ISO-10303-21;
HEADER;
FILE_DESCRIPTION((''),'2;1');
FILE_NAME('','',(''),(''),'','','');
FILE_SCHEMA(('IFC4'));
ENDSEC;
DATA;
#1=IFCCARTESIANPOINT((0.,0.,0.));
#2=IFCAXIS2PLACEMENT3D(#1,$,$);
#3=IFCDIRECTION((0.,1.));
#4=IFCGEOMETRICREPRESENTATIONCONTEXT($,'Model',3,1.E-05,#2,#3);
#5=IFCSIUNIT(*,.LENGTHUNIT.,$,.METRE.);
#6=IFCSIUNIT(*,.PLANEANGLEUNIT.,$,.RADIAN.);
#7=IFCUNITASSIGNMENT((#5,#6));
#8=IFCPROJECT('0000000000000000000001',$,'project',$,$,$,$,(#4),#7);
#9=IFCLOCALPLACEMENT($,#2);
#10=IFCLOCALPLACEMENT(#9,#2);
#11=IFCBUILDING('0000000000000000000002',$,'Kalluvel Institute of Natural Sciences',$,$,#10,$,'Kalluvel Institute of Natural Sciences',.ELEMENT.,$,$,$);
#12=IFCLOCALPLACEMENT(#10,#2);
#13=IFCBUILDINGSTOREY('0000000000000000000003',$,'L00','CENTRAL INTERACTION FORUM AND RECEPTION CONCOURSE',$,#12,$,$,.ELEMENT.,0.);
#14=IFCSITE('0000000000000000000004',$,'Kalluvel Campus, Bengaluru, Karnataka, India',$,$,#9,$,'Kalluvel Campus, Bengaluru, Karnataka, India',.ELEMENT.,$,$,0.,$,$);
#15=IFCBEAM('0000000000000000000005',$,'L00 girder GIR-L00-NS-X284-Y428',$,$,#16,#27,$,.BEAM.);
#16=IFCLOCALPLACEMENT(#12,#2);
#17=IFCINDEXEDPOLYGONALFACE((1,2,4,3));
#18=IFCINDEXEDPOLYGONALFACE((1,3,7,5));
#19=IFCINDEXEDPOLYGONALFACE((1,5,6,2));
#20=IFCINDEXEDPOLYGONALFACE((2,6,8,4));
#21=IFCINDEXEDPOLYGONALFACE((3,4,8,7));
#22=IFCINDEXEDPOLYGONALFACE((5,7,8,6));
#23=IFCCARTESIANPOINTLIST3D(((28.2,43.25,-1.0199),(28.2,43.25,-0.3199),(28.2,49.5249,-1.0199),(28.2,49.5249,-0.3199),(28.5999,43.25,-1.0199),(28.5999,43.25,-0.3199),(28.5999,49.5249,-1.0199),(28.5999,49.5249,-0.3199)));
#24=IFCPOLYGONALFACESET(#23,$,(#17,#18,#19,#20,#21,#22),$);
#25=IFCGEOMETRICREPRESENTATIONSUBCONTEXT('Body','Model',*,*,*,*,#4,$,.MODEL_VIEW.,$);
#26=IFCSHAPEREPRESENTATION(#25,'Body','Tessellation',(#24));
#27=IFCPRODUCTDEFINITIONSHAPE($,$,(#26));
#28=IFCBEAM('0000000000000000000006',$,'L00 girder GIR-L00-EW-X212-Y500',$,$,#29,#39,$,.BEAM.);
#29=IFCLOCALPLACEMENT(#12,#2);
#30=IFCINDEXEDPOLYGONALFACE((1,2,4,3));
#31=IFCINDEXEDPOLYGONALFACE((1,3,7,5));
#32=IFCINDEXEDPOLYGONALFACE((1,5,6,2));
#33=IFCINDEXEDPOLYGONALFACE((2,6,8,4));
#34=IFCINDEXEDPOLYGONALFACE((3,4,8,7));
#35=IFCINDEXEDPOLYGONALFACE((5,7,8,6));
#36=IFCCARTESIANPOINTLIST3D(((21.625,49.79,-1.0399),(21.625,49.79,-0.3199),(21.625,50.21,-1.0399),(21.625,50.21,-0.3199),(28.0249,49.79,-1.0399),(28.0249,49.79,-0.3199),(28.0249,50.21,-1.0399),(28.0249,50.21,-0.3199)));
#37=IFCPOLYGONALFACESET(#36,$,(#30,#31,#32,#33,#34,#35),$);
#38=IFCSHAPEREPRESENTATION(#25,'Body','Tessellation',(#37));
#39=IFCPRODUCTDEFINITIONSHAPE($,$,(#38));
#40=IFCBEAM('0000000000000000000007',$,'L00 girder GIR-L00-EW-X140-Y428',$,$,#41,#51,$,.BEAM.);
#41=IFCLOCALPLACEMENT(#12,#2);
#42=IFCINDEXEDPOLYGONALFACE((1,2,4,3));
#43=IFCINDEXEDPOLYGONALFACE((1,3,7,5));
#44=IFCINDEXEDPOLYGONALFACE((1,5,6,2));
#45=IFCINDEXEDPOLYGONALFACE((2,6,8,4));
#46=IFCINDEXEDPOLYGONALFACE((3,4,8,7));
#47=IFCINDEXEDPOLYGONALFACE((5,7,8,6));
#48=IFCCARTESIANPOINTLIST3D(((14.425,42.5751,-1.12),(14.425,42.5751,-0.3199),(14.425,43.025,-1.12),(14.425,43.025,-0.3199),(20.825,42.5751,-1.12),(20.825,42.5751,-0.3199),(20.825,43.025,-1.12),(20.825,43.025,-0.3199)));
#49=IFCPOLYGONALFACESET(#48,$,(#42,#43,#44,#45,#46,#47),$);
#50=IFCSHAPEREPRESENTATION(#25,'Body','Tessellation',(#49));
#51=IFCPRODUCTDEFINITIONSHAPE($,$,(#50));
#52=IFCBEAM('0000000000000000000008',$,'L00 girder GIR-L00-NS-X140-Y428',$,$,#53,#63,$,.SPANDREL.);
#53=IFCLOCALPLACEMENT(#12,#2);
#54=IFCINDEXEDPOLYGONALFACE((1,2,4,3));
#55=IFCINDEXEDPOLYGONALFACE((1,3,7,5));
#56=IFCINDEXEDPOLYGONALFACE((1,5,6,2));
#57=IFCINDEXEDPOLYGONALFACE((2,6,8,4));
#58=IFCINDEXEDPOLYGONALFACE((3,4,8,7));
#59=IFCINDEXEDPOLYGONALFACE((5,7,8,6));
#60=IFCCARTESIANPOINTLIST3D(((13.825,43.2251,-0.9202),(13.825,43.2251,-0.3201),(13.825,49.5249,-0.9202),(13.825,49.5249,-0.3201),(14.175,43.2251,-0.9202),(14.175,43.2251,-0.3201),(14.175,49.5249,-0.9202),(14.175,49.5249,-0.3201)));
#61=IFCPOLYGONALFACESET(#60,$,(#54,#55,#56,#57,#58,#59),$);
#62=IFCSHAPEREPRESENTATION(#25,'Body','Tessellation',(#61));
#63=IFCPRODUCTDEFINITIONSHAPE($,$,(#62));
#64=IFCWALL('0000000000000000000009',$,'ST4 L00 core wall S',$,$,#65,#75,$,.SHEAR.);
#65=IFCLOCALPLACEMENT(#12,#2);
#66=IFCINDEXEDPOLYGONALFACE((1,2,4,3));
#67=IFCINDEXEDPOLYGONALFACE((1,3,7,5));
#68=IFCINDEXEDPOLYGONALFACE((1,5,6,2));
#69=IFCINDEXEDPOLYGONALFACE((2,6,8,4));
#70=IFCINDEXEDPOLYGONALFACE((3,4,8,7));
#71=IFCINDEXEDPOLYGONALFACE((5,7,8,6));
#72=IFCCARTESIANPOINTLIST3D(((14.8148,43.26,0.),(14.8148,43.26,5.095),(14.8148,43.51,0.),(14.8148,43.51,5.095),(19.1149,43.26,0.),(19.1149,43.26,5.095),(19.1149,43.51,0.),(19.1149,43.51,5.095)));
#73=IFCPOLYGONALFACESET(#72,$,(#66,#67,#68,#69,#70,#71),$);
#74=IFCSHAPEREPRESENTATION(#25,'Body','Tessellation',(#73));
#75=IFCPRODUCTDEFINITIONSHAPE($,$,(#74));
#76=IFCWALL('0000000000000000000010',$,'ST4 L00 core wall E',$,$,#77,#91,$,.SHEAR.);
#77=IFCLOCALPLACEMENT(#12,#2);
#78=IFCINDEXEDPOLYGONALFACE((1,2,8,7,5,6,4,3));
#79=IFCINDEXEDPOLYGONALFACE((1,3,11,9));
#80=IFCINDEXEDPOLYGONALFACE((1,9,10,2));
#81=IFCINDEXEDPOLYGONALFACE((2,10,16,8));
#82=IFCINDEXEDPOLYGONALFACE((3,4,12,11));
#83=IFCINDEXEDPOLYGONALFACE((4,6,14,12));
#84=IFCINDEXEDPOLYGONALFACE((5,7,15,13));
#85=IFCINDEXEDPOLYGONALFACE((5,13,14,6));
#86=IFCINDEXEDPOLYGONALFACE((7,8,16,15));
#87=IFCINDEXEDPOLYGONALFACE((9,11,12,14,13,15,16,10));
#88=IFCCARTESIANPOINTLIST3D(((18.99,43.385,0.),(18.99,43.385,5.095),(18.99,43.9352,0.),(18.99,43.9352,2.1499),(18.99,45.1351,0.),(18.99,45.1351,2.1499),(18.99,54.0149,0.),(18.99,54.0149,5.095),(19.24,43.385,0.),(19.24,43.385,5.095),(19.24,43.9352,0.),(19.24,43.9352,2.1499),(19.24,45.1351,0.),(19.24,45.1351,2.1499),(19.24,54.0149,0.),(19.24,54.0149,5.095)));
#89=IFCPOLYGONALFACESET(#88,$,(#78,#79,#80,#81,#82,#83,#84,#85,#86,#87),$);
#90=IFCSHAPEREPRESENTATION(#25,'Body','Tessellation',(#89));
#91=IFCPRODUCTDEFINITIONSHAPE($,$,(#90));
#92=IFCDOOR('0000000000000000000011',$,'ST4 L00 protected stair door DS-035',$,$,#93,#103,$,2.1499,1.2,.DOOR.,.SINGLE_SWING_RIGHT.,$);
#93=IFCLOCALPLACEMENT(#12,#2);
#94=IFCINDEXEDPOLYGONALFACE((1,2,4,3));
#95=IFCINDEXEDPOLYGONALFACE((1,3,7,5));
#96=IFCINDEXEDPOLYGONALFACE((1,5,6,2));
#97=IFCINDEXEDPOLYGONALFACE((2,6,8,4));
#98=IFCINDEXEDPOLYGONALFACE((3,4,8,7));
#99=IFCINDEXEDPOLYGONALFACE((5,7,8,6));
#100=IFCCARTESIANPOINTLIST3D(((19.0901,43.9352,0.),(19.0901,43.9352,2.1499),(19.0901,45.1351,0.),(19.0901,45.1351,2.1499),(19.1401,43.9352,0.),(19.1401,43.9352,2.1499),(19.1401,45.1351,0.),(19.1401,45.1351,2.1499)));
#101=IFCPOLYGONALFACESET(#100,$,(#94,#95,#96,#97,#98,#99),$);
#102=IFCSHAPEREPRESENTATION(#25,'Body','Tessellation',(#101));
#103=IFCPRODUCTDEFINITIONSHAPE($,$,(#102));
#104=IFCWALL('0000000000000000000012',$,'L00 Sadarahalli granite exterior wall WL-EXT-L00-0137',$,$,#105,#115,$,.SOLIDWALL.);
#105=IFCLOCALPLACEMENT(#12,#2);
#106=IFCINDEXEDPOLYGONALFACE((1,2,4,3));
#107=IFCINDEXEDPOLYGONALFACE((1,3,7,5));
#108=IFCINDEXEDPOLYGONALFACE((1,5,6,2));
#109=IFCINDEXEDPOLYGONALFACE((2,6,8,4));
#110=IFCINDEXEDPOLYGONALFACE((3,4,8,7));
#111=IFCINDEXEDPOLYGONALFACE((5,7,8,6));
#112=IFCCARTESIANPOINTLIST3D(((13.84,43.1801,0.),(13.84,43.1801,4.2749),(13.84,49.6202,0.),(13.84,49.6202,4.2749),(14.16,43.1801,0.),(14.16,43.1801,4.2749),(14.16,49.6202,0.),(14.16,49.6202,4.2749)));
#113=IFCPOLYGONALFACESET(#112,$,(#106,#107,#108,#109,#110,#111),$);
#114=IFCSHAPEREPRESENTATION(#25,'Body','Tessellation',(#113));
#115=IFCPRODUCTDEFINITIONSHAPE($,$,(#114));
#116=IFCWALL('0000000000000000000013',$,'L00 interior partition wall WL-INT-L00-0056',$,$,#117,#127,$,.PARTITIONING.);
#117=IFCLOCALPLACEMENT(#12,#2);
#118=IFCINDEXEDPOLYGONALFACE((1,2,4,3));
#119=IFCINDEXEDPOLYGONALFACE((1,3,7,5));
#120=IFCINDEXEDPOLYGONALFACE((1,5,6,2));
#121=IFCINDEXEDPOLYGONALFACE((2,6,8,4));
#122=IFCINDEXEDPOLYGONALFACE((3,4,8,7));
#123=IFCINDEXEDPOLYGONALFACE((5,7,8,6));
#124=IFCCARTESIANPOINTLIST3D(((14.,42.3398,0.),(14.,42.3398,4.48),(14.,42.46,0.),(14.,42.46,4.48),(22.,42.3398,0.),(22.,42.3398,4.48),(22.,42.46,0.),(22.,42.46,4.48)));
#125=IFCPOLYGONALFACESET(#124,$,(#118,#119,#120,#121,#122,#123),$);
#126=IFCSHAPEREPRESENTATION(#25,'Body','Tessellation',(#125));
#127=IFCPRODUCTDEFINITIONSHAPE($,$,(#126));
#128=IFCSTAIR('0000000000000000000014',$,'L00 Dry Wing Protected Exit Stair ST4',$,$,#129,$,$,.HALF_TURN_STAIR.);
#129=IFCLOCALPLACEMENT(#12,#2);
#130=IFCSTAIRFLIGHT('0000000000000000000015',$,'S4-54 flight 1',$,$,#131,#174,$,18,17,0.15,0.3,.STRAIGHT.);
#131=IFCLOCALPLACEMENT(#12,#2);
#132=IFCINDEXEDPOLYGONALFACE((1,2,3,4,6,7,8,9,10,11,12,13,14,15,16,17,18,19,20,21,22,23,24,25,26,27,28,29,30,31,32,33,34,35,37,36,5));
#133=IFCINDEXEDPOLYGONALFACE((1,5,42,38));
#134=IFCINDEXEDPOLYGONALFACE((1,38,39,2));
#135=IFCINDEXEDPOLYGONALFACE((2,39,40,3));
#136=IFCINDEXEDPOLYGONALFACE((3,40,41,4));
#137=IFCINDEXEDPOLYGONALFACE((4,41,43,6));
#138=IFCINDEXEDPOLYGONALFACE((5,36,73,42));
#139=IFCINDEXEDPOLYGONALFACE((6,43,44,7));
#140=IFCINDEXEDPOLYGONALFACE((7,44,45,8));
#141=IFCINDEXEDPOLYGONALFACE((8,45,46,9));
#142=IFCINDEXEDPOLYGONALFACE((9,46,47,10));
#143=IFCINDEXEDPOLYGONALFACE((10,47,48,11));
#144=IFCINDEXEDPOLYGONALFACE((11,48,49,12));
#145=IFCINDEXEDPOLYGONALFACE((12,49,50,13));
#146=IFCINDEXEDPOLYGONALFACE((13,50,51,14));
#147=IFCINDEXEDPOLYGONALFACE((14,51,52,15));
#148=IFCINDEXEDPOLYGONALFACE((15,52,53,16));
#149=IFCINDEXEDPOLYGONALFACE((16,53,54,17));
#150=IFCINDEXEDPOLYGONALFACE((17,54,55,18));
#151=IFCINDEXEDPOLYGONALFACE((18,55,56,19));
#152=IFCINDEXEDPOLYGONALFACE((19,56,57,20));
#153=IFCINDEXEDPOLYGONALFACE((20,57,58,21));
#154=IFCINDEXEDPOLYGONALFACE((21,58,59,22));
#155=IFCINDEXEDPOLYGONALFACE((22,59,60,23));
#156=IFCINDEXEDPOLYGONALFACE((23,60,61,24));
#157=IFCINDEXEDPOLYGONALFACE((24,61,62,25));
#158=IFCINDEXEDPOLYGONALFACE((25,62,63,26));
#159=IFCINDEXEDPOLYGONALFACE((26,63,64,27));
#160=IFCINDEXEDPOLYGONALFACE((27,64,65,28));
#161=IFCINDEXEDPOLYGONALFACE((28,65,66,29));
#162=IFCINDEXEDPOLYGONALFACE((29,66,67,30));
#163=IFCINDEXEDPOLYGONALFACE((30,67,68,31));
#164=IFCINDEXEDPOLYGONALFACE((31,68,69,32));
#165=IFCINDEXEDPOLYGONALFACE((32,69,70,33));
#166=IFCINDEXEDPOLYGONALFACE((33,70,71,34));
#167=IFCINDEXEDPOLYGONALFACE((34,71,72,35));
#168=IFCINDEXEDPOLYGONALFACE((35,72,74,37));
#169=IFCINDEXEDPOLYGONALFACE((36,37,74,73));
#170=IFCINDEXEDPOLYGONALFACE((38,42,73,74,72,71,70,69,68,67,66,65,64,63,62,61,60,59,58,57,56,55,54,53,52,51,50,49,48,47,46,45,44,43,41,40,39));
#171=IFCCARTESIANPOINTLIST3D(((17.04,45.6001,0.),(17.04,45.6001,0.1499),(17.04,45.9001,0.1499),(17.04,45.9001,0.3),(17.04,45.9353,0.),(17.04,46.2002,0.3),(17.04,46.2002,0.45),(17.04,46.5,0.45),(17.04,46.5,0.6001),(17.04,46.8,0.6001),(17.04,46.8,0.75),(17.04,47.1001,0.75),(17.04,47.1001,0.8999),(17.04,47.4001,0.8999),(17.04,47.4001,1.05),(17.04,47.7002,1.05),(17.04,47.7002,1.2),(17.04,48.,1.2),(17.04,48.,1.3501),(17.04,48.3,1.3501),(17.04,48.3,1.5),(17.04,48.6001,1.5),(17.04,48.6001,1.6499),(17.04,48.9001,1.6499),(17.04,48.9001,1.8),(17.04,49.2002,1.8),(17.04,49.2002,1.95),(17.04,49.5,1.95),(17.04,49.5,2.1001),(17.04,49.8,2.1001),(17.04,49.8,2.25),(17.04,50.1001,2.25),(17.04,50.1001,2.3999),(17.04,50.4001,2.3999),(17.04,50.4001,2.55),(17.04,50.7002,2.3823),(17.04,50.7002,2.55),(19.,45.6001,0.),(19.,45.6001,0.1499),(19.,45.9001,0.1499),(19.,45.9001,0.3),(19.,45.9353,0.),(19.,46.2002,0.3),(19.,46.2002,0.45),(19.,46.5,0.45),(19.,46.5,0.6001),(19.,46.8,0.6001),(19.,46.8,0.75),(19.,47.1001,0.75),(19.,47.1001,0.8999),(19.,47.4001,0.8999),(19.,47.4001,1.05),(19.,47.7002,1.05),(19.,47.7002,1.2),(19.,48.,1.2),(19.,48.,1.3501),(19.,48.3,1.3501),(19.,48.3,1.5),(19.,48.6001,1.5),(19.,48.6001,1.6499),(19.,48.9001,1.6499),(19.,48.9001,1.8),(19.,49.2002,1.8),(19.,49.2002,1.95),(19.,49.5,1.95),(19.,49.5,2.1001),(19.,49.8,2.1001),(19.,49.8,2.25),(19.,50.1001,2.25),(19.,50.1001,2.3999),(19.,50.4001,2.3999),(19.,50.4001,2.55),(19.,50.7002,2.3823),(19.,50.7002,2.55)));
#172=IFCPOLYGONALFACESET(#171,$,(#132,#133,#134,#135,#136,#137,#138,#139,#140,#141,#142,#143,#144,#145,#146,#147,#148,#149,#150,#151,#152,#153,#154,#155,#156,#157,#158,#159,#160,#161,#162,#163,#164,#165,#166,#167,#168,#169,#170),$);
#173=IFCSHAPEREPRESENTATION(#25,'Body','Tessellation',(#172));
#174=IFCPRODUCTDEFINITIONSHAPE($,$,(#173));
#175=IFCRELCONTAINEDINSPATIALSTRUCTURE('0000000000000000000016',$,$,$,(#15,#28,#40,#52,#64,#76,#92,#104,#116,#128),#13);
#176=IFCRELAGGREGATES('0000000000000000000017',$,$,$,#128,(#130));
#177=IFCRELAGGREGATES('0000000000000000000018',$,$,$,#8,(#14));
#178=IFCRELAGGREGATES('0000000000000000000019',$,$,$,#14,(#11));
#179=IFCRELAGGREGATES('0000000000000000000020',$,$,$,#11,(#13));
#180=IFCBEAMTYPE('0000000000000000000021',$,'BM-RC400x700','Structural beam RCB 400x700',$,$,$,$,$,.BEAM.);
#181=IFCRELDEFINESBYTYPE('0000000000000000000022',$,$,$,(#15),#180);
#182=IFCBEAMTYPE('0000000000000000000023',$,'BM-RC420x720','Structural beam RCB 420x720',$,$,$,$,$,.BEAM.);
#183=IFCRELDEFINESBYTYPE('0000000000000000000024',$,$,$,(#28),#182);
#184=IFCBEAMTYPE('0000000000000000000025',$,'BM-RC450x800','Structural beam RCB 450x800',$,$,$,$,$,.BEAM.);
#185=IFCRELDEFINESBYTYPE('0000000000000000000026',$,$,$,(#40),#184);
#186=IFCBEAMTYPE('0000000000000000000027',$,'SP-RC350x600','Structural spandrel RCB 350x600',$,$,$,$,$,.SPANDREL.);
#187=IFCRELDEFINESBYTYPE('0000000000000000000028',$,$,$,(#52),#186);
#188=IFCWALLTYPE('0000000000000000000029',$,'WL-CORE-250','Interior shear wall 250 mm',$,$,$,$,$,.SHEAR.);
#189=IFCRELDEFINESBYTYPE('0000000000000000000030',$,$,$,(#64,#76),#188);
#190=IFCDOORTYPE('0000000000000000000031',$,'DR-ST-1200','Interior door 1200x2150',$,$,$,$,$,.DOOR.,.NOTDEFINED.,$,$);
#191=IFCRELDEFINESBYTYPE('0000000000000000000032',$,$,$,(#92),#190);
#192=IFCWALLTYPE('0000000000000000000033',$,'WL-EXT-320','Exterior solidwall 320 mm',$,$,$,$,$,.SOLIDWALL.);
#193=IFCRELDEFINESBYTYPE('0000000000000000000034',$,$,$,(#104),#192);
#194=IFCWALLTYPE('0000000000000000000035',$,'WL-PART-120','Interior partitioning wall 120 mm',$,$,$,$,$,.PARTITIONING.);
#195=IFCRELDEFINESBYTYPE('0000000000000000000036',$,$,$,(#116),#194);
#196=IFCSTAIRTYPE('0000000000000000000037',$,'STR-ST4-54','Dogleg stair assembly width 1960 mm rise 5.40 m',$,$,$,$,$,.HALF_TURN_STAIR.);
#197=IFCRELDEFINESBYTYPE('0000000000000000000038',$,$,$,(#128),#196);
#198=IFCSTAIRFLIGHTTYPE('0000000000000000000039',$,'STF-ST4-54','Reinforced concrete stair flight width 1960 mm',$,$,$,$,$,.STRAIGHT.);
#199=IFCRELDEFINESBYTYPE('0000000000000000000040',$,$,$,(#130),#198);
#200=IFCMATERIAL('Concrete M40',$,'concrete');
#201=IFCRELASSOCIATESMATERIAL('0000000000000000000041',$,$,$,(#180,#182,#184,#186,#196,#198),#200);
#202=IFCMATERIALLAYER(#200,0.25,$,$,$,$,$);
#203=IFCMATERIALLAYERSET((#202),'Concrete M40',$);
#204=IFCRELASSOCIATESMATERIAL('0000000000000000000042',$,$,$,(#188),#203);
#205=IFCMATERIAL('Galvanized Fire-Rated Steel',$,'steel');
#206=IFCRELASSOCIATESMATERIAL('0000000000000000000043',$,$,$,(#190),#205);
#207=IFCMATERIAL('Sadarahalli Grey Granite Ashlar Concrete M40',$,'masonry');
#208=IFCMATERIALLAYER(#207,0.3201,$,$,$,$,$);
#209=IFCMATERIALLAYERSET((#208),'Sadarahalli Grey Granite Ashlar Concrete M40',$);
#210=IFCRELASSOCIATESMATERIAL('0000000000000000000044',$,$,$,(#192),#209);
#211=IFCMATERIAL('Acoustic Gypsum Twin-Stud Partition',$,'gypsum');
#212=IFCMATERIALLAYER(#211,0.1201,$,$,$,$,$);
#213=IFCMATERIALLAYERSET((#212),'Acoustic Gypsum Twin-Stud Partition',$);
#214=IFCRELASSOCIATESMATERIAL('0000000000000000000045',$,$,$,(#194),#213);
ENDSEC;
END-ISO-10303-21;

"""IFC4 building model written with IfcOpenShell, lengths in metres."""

from ifc_helpers import new_model, si_unit, direction, frame, frame_2d, origin, origin_2d, place, context, subcontext, project, spatial, polyline, rectangle, outline, extrude, material, layer, layer_set, material_profile, profile_set, type_object, element, fill, aggregate, save


model = new_model("IFC4")

# Units and contexts
model_context = context("Model", 3, precision=1e-05, world=origin(), true_north=direction((0.0, 1.0)))
body_context = subcontext(model_context, "Body", "Model", "MODEL_VIEW")
ifc_project = project(units=[si_unit("LENGTHUNIT", "METRE"), si_unit("PLANEANGLEUNIT", "RADIAN")], contexts=[model_context])

# Site, building, storey
site_placement = place(None, origin())
site = spatial("IfcSite", under=ifc_project, at=site_placement, Name="Kalluvel Campus, Bengaluru, Karnataka, India", LongName="Kalluvel Campus, Bengaluru, Karnataka, India", CompositionType="ELEMENT", RefElevation=0.0)
building_placement = place(site_placement, origin())
building = spatial("IfcBuilding", under=site, at=building_placement, Name="Kalluvel Institute of Natural Sciences", LongName="Kalluvel Institute of Natural Sciences", CompositionType="ELEMENT")
storey_placement = place(building_placement, origin())
storey = spatial("IfcBuildingStorey", under=building, at=storey_placement, Name="L00", Description="CENTRAL INTERACTION FORUM AND RECEPTION CONCOURSE", CompositionType="ELEMENT", Elevation=0.0)

# Shared definitions
ifc_material_1 = material(Name="Concrete M40", Category="concrete")

# Beams
ifc_material_profile_1 = material_profile(ifc_material_1, rectangle(XDim=0.3999, YDim=0.7, at=origin_2d()), Name="RCB 400x700")
ifc_profile_set_1 = profile_set([ifc_material_profile_1], Name="Concrete M40")
beam_type_1 = type_object("IfcBeamType", Name="BM-RC400x700", Description="Structural beam RCB 400x700", PredefinedType="BEAM", material=ifc_profile_set_1)
beam_1_placement = place(storey_placement, frame((28.3999, 43.25, -0.6699), z_axis=(0.0, 1.0, 0.0), x_axis=(-1.0, 0.0, 0.0)))
element("IfcBeam", 1, at=beam_1_placement, inside=storey, type_object=beam_type_1, Name="L00 girder GIR-L00-NS-X284-Y428", PredefinedType="BEAM", context=body_context, shape_type="SweptSolid", body=[
    extrude(rectangle(XDim=0.3999, YDim=0.7, at=origin_2d()), origin(), (0.0, 0.0, 1.0), 6.2749),
])
ifc_material_profile_2 = material_profile(ifc_material_1, rectangle(XDim=0.4199, YDim=0.72, at=origin_2d()), Name="RCB 420x720")
ifc_profile_set_2 = profile_set([ifc_material_profile_2], Name="Concrete M40")
beam_type_2 = type_object("IfcBeamType", Name="BM-RC420x720", Description="Structural beam RCB 420x720", PredefinedType="BEAM", material=ifc_profile_set_2)
beam_2_placement = place(storey_placement, frame((21.625, 50.0, -0.6799), z_axis=(1.0, 0.0, 0.0), x_axis=(0.0, 1.0, 0.0)))
element("IfcBeam", 2, at=beam_2_placement, inside=storey, type_object=beam_type_2, Name="L00 girder GIR-L00-EW-X212-Y500", PredefinedType="BEAM", context=body_context, shape_type="SweptSolid", body=[
    extrude(rectangle(XDim=0.4199, YDim=0.72, at=origin_2d()), origin(), (0.0, 0.0, 1.0), 6.3999),
])
ifc_material_profile_3 = material_profile(ifc_material_1, rectangle(XDim=0.45, YDim=0.8, at=origin_2d()), Name="RCB 450x800")
ifc_profile_set_3 = profile_set([ifc_material_profile_3], Name="Concrete M40")
beam_type_3 = type_object("IfcBeamType", Name="BM-RC450x800", Description="Structural beam RCB 450x800", PredefinedType="BEAM", material=ifc_profile_set_3)
beam_3_placement = place(storey_placement, frame((14.425, 42.8, -0.72), z_axis=(1.0, 0.0, 0.0), x_axis=(0.0, 1.0, 0.0)))
element("IfcBeam", 3, at=beam_3_placement, inside=storey, type_object=beam_type_3, Name="L00 girder GIR-L00-EW-X140-Y428", PredefinedType="BEAM", context=body_context, shape_type="SweptSolid", body=[
    extrude(rectangle(XDim=0.45, YDim=0.8, at=origin_2d()), origin(), (0.0, 0.0, 1.0), 6.3999),
])
ifc_material_profile_4 = material_profile(ifc_material_1, rectangle(XDim=0.3501, YDim=0.6001, at=origin_2d()), Name="RCB 350x600")
ifc_profile_set_4 = profile_set([ifc_material_profile_4], Name="Concrete M40")
beam_type_4 = type_object("IfcBeamType", Name="SP-RC350x600", Description="Structural spandrel RCB 350x600", PredefinedType="SPANDREL", material=ifc_profile_set_4)
beam_4_placement = place(storey_placement, frame((14.0, 43.2251, -0.6201), z_axis=(0.0, 1.0, 0.0), x_axis=(-1.0, 0.0, 0.0)))
element("IfcBeam", 4, at=beam_4_placement, inside=storey, type_object=beam_type_4, Name="L00 girder GIR-L00-NS-X140-Y428", PredefinedType="SPANDREL", context=body_context, shape_type="SweptSolid", body=[
    extrude(rectangle(XDim=0.3501, YDim=0.6001, at=origin_2d()), origin(), (0.0, 0.0, 1.0), 6.2998),
])

# Wall
ifc_layer_1 = layer(ifc_material_1, 0.25)
ifc_layer_set_1 = layer_set([ifc_layer_1], Name="Concrete M40")
wall_type_1 = type_object("IfcWallType", Name="WL-CORE-250", Description="Interior shear wall 250 mm", PredefinedType="SHEAR", material=ifc_layer_set_1)
wall_1_placement = place(storey_placement, frame((14.8149, 43.385, 0.0), z_axis=(0.0, 0.0, 1.0), x_axis=(1.0, 0.0, 0.0)))
element("IfcWall", 5, at=wall_1_placement, inside=storey, type_object=wall_type_1, Name="ST4 L00 core wall S", PredefinedType="SHEAR", context=body_context, shape_type="SweptSolid", body=[
    extrude(rectangle(XDim=4.3, YDim=0.25, at=frame_2d((2.1499, 0.0))), origin(), (0.0, 0.0, 1.0), 5.095),
])

# Wall, opening, door
wall_2_placement = place(storey_placement, frame((19.115, 43.385, 0.0), z_axis=(0.0, 0.0, 1.0), x_axis=(0.0, 1.0, 0.0)))
wall_2 = element("IfcWall", 6, at=wall_2_placement, inside=storey, type_object=wall_type_1, Name="ST4 L00 core wall E", PredefinedType="SHEAR", context=body_context, shape_type="SweptSolid", body=[
    extrude(rectangle(XDim=10.6299, YDim=0.25, at=frame_2d((5.3149, 0.0))), origin(), (0.0, 0.0, 1.0), 5.095),
])
opening_placement = place(wall_2_placement, frame((0.55, 0.0, 0.0)))
opening = element("IfcOpeningElement", 7, at=opening_placement, cuts=wall_2, PredefinedType="OPENING", context=body_context, shape_type="SweptSolid", body=[
    extrude(rectangle(XDim=1.2, YDim=2.1499, at=frame_2d((0.6001, 1.075))), frame((0.0, 0.135, 0.0), z_axis=(0.0, -1.0, 0.0), x_axis=(1.0, 0.0, 0.0)), (0.0, 0.0, 1.0), 0.27),
])
ifc_material_2 = material(Name="Galvanized Fire-Rated Steel", Category="steel")
door_type = type_object("IfcDoorType", Name="DR-ST-1200", Description="Interior door 1200x2150", OperationType="NOTDEFINED", PredefinedType="DOOR", material=ifc_material_2)
door_placement = place(opening_placement, origin())
door = element("IfcDoor", 8, at=door_placement, inside=storey, type_object=door_type, Name="ST4 L00 protected stair door DS-035", OperationType="SINGLE_SWING_RIGHT", OverallHeight=2.1499, OverallWidth=1.2, PredefinedType="DOOR", context=body_context, shape_type="SweptSolid", body=[
    extrude(rectangle(XDim=1.2, YDim=2.1499, at=frame_2d((0.6001, 1.075))), frame((0.0, 0.0249, 0.0), z_axis=(0.0, -1.0, 0.0), x_axis=(1.0, 0.0, 0.0)), (0.0, 0.0, 1.0), 0.05),
])
fill(opening, door)

# Walls
ifc_material_3 = material(Name="Sadarahalli Grey Granite Ashlar Concrete M40", Category="masonry")
ifc_layer_2 = layer(ifc_material_3, 0.3201)
ifc_layer_set_2 = layer_set([ifc_layer_2], Name="Sadarahalli Grey Granite Ashlar Concrete M40")
wall_type_2 = type_object("IfcWallType", Name="WL-EXT-320", Description="Exterior solidwall 320 mm", PredefinedType="SOLIDWALL", material=ifc_layer_set_2)
wall_3_placement = place(storey_placement, frame((14.0, 43.1799, 0.0), z_axis=(0.0, 0.0, 1.0), x_axis=(0.0, 1.0, 0.0)))
element("IfcWall", 9, at=wall_3_placement, inside=storey, type_object=wall_type_2, Name="L00 Sadarahalli granite exterior wall WL-EXT-L00-0137", PredefinedType="SOLIDWALL", context=body_context, shape_type="SweptSolid", body=[
    extrude(rectangle(XDim=6.4402, YDim=0.3201, at=frame_2d((3.2202, 0.0))), origin(), (0.0, 0.0, 1.0), 4.2749),
])
ifc_material_4 = material(Name="Acoustic Gypsum Twin-Stud Partition", Category="gypsum")
ifc_layer_3 = layer(ifc_material_4, 0.1201)
ifc_layer_set_3 = layer_set([ifc_layer_3], Name="Acoustic Gypsum Twin-Stud Partition")
wall_type_3 = type_object("IfcWallType", Name="WL-PART-120", Description="Interior partitioning wall 120 mm", PredefinedType="PARTITIONING", material=ifc_layer_set_3)
wall_4_placement = place(storey_placement, frame((14.0, 42.3999, 0.0), z_axis=(0.0, 0.0, 1.0), x_axis=(1.0, 0.0, 0.0)))
element("IfcWall", 10, at=wall_4_placement, inside=storey, type_object=wall_type_3, Name="L00 interior partition wall WL-INT-L00-0056", PredefinedType="PARTITIONING", context=body_context, shape_type="SweptSolid", body=[
    extrude(rectangle(XDim=8.0, YDim=0.1201, at=frame_2d((4.0, 0.0))), origin(), (0.0, 0.0, 1.0), 4.48),
])

# Stair, stair flight
stair_type = type_object("IfcStairType", Name="STR-ST4-54", Description="Dogleg stair assembly width 1960 mm rise 5.40 m", PredefinedType="HALF_TURN_STAIR", material=ifc_material_1)
stair_placement = place(storey_placement, origin())
stair = element("IfcStair", 11, at=stair_placement, inside=storey, type_object=stair_type, Name="L00 Dry Wing Protected Exit Stair ST4", PredefinedType="HALF_TURN_STAIR")
stair_flight_type = type_object("IfcStairFlightType", Name="STF-ST4-54", Description="Reinforced concrete stair flight width 1960 mm", PredefinedType="STRAIGHT", material=ifc_material_1)
stair_flight_placement = place(storey_placement, frame((18.02, 45.6001, 0.0), z_axis=(0.0, 0.0, 1.0), x_axis=(0.0, 1.0, 0.0)))
stair_flight = element("IfcStairFlight", 12, at=stair_flight_placement, type_object=stair_flight_type, Name="S4-54 flight 1", NumberOfRisers=18, NumberOfTreads=17, PredefinedType="STRAIGHT", RiserHeight=0.15, TreadLength=0.3, context=body_context, shape_type="SweptSolid", body=[
    extrude(outline(polyline([(0.0, 0.0), (0.0, 0.1499), (0.3, 0.1499), (0.3, 0.3), (0.6001, 0.3), (0.6001, 0.45), (0.8999, 0.45), (0.8999, 0.6001), (1.2, 0.6001), (1.2, 0.75), (1.5, 0.75), (1.5, 0.8999), (1.8, 0.8999), (1.8, 1.05), (2.1001, 1.05), (2.1001, 1.2), (2.3999, 1.2), (2.3999, 1.3501), (2.7, 1.3501), (2.7, 1.5), (3.0, 1.5), (3.0, 1.6499), (3.3, 1.6499), (3.3, 1.8), (3.6001, 1.8), (3.6001, 1.95), (3.8999, 1.95), (3.8999, 2.1001), (4.2, 2.1001), (4.2, 2.25), (4.5, 2.25), (4.5, 2.3999), (4.8, 2.3999), (4.8, 2.55), (5.1001, 2.55), (5.1001, 2.7), (5.1001, 2.3823), (0.3352, 0.0), (0.0, 0.0)])), frame((0.0, 0.98, 0.0), z_axis=(0.0, -1.0, 0.0), x_axis=(1.0, 0.0, 0.0)), (0.0, 0.0, 1.0), 1.96),
])
aggregate(stair, [stair_flight])

save(model, "model.ifc")
